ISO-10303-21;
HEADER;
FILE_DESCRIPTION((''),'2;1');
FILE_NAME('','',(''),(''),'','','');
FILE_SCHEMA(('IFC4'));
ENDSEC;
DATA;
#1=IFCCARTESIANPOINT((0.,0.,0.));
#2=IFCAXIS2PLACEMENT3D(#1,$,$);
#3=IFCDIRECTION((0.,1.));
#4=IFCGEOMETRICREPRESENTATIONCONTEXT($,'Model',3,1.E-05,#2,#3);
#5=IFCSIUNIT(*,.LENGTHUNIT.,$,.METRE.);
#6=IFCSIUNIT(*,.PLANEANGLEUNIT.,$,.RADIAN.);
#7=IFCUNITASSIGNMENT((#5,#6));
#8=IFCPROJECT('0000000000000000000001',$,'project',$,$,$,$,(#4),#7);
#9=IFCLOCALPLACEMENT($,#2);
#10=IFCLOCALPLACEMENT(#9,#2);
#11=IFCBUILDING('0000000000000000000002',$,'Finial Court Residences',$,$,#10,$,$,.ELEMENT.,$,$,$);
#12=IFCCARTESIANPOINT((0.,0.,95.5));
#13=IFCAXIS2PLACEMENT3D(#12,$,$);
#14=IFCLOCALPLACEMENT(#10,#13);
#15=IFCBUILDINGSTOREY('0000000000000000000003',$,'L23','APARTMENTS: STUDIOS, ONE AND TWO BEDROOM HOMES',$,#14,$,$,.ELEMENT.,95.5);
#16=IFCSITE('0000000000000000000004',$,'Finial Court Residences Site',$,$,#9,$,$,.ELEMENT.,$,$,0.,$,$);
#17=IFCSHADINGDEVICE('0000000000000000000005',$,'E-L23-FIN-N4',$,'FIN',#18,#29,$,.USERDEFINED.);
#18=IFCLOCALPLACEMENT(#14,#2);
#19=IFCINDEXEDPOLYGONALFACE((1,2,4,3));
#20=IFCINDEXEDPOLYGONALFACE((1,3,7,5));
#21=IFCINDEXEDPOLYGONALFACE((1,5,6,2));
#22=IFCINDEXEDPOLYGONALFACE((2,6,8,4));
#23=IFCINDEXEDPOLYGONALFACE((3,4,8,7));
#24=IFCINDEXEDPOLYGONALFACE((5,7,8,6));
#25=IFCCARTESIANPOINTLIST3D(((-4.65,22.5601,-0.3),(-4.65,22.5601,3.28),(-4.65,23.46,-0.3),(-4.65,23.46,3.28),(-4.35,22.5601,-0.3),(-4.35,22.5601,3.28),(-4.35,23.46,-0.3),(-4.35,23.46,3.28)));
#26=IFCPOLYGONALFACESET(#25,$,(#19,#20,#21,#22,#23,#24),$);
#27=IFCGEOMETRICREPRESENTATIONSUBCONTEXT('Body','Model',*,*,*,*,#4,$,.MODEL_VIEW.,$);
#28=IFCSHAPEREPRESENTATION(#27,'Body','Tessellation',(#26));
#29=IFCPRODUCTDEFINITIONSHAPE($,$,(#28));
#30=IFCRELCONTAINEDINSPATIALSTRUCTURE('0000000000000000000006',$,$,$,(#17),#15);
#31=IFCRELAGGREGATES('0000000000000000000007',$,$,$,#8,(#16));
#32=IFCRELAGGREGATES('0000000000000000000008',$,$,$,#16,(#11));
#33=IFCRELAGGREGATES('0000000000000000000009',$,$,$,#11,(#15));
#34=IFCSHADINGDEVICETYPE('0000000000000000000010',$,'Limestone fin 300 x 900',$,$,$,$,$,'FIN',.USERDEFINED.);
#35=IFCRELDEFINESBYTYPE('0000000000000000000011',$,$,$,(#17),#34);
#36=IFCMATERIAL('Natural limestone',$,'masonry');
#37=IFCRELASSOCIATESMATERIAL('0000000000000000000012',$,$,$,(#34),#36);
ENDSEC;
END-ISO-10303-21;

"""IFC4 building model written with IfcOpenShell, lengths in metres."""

from ifc_helpers import new_model, si_unit, direction, frame, origin, origin_2d, place, context, subcontext, project, spatial, rectangle, extrude, material, type_object, element, save


model = new_model("IFC4")

# Units and contexts
model_context = context("Model", 3, precision=1e-05, world=origin(), true_north=direction((0.0, 1.0)))
body_context = subcontext(model_context, "Body", "Model", "MODEL_VIEW")
ifc_project = project(units=[si_unit("LENGTHUNIT", "METRE"), si_unit("PLANEANGLEUNIT", "RADIAN")], contexts=[model_context])

# Site, building, storey
site_placement = place(None, origin())
site = spatial("IfcSite", under=ifc_project, at=site_placement, Name="Finial Court Residences Site", CompositionType="ELEMENT", RefElevation=0.0)
building_placement = place(site_placement, origin())
building = spatial("IfcBuilding", under=site, at=building_placement, Name="Finial Court Residences", CompositionType="ELEMENT")
storey_placement = place(building_placement, frame((0.0, 0.0, 95.5)))
storey = spatial("IfcBuildingStorey", under=building, at=storey_placement, Name="L23", Description="APARTMENTS: STUDIOS, ONE AND TWO BEDROOM HOMES", CompositionType="ELEMENT", Elevation=95.5)

# Shared definitions
ifc_material_1 = material(Name="Natural limestone", Category="masonry")

# Shading device
shading_device_type = type_object("IfcShadingDeviceType", Name="Limestone fin 300 x 900", ElementType="FIN", PredefinedType="USERDEFINED", material=ifc_material_1)
shading_device_1_placement = place(storey_placement, frame((-4.5, 23.01, -0.3), z_axis=(0.0, 0.0, 1.0), x_axis=(1.0, 0.0, 0.0)))
element("IfcShadingDevice", 1, at=shading_device_1_placement, inside=storey, type_object=shading_device_type, Name="E-L23-FIN-N4", ObjectType="FIN", PredefinedType="USERDEFINED", context=body_context, shape_type="SweptSolid", body=[
    extrude(rectangle(XDim=0.3, YDim=0.8999, at=origin_2d()), origin(), (0.0, 0.0, 1.0), 3.5801),
])

save(model, "model.ifc")
